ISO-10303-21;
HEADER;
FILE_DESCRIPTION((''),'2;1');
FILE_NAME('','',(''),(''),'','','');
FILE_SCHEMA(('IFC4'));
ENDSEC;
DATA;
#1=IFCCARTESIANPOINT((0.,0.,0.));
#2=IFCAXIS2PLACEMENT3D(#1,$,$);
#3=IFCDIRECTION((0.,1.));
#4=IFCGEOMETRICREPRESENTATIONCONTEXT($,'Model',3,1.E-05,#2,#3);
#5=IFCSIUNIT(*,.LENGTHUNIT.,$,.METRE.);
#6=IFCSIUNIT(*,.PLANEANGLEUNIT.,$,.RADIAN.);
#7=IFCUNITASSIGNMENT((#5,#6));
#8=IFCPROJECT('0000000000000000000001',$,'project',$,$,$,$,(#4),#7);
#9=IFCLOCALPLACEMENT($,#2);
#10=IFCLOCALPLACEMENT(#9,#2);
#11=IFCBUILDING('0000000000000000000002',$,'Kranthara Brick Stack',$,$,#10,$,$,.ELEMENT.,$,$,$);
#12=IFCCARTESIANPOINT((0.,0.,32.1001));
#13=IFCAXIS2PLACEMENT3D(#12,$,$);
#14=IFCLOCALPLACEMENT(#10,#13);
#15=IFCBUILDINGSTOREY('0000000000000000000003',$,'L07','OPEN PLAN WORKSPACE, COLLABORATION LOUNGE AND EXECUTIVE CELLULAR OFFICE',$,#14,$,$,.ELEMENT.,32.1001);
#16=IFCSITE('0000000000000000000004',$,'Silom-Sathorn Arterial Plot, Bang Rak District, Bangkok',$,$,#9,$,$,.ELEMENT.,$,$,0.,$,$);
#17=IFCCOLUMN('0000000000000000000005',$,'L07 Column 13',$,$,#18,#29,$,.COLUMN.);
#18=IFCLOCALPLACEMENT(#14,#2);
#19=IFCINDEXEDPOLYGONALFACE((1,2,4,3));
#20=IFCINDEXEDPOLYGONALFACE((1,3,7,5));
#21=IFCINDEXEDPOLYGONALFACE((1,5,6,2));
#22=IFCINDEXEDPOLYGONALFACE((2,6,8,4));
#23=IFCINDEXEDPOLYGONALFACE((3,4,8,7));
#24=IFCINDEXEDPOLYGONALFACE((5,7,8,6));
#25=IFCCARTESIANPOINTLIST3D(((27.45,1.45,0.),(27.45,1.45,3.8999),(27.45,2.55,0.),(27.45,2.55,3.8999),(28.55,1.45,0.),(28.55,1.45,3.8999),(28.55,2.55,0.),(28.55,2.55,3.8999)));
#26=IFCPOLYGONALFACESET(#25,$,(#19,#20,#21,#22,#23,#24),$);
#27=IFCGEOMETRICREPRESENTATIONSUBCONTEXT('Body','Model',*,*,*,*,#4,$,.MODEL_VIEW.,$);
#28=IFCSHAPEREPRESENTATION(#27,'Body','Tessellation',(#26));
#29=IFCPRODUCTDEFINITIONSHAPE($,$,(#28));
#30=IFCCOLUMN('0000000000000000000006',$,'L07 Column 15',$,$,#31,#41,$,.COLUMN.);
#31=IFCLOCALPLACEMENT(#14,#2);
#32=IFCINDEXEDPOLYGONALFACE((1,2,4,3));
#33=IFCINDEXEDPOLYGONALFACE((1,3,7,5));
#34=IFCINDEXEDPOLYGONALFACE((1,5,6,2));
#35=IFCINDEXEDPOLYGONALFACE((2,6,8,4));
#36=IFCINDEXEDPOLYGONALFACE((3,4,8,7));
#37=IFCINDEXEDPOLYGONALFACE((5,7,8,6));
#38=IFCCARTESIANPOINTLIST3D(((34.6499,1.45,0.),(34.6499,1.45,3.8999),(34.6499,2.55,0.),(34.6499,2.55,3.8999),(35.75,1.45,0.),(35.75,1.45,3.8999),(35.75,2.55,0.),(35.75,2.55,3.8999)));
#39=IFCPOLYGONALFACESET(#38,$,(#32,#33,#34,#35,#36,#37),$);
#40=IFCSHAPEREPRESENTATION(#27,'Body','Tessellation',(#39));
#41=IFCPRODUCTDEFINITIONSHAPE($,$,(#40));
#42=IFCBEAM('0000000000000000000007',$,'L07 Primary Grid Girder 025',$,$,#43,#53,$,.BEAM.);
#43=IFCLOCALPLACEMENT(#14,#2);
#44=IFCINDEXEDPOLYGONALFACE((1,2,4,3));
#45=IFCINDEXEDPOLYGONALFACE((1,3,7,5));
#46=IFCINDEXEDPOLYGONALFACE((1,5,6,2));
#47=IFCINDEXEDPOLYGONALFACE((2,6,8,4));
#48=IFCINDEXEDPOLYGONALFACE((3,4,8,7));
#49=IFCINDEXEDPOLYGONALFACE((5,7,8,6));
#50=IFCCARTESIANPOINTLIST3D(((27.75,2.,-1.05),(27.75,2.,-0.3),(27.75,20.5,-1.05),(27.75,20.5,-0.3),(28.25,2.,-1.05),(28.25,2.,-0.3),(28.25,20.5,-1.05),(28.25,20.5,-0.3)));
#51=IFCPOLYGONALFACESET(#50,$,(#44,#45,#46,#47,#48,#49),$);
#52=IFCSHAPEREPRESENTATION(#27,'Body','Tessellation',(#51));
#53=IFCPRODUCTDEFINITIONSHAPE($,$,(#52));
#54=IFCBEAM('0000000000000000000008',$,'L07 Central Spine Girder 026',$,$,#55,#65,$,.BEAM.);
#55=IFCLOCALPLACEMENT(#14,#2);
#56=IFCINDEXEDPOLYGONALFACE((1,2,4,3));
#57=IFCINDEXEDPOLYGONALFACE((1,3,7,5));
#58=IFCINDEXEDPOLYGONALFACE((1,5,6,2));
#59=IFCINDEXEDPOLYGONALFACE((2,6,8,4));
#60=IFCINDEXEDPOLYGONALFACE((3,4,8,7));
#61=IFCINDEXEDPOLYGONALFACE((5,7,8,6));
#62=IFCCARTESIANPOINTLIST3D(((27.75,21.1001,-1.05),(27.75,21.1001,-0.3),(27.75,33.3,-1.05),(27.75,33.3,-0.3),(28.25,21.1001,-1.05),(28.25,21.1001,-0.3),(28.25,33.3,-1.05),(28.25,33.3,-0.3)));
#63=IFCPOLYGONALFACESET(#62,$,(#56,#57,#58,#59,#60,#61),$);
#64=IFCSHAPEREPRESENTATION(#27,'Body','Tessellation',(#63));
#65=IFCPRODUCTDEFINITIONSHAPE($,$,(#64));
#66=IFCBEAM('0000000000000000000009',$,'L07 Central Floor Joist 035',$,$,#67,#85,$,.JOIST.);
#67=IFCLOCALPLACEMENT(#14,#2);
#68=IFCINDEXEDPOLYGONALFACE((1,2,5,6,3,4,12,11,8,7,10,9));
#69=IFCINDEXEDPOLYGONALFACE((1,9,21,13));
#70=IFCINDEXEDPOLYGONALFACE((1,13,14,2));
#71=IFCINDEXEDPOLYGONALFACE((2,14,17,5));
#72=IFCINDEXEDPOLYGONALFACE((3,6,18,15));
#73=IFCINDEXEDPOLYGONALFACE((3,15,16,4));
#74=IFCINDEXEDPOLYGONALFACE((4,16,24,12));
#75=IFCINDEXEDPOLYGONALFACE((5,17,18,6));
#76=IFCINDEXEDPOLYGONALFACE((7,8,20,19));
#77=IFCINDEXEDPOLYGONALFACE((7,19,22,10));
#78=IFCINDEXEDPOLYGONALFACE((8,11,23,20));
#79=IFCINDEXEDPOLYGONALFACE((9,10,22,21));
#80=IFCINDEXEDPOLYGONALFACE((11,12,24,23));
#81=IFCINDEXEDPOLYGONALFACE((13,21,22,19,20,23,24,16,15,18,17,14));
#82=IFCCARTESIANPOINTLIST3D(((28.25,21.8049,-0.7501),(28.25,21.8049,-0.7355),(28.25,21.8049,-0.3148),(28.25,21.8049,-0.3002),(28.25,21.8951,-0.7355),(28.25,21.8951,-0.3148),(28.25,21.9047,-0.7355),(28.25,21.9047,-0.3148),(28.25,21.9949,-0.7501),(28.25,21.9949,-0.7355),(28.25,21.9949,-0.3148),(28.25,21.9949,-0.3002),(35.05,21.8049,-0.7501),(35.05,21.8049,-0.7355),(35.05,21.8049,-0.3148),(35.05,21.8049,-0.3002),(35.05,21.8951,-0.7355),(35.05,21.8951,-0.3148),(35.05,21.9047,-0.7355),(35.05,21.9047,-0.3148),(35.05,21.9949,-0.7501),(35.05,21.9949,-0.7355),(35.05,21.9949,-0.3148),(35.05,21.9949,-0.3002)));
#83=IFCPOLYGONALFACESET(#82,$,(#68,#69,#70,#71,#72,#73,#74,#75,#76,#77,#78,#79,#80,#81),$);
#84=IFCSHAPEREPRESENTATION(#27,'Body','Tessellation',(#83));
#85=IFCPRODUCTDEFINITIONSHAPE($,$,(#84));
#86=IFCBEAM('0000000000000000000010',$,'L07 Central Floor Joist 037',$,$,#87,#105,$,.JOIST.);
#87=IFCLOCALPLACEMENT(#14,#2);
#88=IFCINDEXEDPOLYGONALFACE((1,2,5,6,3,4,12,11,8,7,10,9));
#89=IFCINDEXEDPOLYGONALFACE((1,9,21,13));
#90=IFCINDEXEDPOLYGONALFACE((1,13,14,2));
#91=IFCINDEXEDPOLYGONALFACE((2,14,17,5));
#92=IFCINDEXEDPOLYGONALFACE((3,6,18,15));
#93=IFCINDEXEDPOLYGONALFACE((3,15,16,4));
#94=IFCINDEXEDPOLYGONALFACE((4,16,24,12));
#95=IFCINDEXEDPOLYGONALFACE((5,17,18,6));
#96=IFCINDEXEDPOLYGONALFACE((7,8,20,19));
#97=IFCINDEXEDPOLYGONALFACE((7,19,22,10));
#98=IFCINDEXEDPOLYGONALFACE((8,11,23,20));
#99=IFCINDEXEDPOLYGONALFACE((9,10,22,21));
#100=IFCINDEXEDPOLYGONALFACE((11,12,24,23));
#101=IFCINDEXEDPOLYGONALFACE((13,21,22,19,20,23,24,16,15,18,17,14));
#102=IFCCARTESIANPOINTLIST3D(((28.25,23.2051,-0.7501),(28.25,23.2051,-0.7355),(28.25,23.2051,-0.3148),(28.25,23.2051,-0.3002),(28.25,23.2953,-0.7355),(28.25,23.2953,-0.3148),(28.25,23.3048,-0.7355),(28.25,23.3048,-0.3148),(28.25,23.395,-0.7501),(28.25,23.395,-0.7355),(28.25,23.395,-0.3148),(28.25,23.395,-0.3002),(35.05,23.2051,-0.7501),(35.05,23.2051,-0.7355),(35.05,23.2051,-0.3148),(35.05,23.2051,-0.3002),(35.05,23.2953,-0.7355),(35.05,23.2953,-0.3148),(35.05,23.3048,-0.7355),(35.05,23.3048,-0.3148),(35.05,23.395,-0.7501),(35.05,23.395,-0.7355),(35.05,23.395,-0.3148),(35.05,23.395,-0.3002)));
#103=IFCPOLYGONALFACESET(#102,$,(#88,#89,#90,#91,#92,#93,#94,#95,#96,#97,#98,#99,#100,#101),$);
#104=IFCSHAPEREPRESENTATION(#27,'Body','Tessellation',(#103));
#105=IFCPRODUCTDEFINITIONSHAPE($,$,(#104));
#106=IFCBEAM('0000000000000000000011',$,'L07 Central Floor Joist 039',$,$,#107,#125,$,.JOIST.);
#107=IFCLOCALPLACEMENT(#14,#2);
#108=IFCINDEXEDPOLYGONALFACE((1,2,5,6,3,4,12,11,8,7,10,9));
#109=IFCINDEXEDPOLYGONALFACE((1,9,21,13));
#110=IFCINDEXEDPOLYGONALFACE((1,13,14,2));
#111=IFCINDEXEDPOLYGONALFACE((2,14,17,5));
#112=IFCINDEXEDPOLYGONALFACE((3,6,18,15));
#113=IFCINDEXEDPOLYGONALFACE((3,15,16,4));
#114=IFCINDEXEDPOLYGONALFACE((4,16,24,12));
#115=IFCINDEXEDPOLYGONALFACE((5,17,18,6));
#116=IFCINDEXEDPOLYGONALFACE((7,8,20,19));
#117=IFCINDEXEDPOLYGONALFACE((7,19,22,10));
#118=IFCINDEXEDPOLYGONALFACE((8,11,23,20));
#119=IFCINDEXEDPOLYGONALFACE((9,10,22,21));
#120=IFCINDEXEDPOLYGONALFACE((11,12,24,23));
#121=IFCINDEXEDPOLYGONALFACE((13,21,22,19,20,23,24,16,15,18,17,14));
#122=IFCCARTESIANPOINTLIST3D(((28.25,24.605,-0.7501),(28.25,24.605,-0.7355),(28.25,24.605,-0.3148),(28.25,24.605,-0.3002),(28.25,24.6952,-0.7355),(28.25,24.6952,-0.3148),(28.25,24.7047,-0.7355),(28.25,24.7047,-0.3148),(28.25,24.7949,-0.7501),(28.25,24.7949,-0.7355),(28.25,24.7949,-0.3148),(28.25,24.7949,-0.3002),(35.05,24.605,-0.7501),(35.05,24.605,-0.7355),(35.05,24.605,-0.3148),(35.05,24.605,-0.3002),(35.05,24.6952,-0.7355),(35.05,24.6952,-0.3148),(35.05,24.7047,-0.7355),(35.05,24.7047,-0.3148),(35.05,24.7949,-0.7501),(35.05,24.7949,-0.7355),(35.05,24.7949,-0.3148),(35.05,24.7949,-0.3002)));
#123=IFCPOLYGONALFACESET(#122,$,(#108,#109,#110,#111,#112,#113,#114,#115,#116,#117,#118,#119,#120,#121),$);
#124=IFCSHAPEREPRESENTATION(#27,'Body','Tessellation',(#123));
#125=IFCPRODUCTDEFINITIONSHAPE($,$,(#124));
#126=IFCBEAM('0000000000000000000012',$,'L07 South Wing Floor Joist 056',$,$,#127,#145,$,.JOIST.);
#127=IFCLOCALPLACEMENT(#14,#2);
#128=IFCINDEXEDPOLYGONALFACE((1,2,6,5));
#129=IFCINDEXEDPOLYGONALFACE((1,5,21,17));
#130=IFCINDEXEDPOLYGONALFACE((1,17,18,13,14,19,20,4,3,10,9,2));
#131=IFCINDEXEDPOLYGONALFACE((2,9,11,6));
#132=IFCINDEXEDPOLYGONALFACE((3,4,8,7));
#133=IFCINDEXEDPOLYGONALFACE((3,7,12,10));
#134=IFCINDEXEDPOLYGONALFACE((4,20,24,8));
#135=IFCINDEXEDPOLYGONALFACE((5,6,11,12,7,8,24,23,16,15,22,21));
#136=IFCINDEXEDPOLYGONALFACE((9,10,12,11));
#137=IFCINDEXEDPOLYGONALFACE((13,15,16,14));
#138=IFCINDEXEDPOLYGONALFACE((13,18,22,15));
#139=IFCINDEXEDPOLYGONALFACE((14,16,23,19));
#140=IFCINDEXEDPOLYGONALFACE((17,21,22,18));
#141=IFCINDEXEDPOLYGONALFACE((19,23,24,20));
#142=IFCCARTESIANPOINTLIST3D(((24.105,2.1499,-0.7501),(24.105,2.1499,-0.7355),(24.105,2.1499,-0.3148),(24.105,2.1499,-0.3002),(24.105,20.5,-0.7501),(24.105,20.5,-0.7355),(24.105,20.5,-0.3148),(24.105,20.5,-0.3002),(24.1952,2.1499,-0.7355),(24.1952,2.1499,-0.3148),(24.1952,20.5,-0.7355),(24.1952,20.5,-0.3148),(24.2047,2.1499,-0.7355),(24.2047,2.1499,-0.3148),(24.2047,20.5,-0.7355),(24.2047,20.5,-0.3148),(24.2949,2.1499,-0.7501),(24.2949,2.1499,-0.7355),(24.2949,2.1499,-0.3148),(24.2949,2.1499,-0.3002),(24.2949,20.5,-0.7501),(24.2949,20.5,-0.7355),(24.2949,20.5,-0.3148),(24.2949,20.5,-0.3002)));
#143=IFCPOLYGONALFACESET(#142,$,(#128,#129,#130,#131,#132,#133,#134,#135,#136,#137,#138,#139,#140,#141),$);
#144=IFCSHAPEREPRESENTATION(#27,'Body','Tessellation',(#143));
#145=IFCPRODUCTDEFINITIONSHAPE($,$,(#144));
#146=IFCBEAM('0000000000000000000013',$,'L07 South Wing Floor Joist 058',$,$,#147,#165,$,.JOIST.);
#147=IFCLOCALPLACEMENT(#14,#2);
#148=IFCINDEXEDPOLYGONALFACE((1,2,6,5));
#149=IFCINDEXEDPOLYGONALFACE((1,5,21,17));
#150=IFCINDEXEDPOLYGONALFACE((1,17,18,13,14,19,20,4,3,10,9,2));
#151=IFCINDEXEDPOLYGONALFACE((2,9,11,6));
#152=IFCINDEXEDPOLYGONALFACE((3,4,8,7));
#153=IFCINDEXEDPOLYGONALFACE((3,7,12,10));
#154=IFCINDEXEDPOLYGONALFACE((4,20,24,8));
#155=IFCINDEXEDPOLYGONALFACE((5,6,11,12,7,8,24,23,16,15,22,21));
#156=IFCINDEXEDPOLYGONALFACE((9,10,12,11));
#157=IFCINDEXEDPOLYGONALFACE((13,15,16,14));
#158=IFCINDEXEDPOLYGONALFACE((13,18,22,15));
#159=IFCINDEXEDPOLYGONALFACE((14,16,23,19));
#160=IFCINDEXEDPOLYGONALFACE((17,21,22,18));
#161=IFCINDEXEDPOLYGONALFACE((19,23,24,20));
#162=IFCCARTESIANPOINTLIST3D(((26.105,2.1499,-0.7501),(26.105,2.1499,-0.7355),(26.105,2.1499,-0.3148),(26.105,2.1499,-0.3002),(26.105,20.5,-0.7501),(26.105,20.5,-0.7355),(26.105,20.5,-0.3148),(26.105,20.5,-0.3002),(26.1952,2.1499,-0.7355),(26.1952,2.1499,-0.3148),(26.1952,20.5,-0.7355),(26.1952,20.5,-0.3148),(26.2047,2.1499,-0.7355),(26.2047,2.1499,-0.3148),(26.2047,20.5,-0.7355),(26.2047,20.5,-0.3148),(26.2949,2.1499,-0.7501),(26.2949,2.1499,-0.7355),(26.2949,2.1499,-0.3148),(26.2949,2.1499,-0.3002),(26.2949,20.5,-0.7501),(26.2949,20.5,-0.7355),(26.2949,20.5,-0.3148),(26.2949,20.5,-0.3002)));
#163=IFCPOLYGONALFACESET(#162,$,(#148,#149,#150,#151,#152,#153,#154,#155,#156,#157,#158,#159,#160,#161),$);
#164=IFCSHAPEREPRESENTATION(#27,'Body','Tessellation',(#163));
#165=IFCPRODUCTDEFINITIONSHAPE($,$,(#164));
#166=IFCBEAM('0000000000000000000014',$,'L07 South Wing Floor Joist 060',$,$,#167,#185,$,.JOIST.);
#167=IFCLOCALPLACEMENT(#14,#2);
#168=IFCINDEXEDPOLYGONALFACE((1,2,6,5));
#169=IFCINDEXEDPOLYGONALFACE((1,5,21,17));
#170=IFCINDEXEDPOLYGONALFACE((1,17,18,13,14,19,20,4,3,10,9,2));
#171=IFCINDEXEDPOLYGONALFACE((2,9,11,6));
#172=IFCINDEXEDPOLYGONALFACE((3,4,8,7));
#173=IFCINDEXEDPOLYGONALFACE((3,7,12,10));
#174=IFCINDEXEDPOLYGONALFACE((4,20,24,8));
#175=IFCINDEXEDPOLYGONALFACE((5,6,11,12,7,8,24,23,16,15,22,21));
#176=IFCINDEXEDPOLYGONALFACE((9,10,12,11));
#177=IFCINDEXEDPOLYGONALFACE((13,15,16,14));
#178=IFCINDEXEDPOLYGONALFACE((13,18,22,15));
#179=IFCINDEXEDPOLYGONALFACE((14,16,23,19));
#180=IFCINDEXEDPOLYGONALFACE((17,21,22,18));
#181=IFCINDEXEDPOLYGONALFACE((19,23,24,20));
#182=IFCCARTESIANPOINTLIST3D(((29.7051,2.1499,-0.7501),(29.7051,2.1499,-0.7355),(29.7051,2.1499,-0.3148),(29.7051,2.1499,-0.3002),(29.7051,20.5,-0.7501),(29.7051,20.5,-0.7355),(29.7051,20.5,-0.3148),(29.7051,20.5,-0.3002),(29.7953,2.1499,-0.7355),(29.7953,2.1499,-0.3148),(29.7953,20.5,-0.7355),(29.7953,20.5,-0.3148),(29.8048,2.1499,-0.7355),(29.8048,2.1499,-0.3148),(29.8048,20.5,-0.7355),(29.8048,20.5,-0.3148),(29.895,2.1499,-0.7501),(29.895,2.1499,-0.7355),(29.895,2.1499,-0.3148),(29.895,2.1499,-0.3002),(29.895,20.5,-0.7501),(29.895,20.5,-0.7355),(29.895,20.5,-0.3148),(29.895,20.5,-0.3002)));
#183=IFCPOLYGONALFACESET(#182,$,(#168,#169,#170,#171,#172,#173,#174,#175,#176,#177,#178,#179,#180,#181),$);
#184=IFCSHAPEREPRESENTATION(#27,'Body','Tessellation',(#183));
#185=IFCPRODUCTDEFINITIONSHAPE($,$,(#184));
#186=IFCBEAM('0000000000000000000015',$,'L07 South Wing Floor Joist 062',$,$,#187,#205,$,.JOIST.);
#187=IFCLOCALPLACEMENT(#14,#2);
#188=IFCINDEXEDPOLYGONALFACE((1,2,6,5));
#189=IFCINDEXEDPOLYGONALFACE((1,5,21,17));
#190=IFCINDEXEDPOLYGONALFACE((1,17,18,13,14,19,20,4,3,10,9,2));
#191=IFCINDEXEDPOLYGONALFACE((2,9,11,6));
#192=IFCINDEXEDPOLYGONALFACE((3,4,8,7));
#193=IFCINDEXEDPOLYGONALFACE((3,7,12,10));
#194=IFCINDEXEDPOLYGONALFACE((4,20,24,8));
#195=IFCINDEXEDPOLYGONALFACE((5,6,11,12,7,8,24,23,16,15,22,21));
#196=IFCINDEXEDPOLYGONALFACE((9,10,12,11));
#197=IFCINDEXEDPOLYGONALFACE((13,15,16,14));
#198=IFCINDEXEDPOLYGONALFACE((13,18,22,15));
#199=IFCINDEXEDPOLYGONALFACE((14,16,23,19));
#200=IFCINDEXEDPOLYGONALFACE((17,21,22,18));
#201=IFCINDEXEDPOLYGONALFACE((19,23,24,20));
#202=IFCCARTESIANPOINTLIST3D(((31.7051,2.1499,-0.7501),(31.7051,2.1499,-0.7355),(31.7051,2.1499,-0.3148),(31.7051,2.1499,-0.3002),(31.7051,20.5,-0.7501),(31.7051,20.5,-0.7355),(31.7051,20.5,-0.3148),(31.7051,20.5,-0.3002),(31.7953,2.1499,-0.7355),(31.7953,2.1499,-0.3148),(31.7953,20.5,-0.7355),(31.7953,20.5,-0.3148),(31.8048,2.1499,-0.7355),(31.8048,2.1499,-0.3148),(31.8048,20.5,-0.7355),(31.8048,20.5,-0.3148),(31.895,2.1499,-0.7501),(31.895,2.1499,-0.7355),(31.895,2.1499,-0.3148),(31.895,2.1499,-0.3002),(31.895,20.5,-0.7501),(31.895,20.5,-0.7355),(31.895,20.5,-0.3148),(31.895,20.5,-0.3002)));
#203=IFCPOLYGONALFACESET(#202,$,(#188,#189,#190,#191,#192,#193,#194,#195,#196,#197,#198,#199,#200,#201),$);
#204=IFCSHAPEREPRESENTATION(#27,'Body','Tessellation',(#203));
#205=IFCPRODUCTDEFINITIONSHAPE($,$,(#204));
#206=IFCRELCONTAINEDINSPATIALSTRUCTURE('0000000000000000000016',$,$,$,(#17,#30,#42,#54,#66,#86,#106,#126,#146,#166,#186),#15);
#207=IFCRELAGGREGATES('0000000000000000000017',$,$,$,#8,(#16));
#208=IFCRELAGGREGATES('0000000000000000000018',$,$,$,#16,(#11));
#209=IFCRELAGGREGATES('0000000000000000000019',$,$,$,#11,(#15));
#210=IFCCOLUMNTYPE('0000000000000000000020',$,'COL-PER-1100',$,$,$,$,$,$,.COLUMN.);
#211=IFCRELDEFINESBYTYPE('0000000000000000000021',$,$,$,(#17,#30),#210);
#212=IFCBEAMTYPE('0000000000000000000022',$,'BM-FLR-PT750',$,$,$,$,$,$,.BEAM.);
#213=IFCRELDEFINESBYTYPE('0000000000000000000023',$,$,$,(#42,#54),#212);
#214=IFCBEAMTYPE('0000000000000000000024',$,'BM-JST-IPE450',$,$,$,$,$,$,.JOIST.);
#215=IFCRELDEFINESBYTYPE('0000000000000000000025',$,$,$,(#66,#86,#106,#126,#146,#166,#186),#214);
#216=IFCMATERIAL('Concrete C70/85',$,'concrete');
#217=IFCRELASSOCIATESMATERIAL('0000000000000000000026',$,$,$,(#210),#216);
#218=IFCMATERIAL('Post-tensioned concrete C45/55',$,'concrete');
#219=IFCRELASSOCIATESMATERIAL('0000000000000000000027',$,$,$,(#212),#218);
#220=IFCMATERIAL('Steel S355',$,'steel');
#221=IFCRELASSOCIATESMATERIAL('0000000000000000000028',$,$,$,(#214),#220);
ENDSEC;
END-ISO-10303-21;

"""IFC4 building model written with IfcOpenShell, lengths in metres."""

from ifc_helpers import new_model, si_unit, direction, frame, origin, origin_2d, place, context, subcontext, project, spatial, rectangle, i_section, extrude, material, material_profile, profile_set, type_object, element, save


model = new_model("IFC4")

# Units and contexts
model_context = context("Model", 3, precision=1e-05, world=origin(), true_north=direction((0.0, 1.0)))
body_context = subcontext(model_context, "Body", "Model", "MODEL_VIEW")
ifc_project = project(units=[si_unit("LENGTHUNIT", "METRE"), si_unit("PLANEANGLEUNIT", "RADIAN")], contexts=[model_context])

# Site, building, storey
site_placement = place(None, origin())
site = spatial("IfcSite", under=ifc_project, at=site_placement, Name="Silom-Sathorn Arterial Plot, Bang Rak District, Bangkok", CompositionType="ELEMENT", RefElevation=0.0)
building_placement = place(site_placement, origin())
building = spatial("IfcBuilding", under=site, at=building_placement, Name="Kranthara Brick Stack", CompositionType="ELEMENT")
storey_placement = place(building_placement, frame((0.0, 0.0, 32.1001)))
storey = spatial("IfcBuildingStorey", under=building, at=storey_placement, Name="L07", Description="OPEN PLAN WORKSPACE, COLLABORATION LOUNGE AND EXECUTIVE CELLULAR OFFICE", CompositionType="ELEMENT", Elevation=32.1001)

# Columns
ifc_material_1 = material(Name="Concrete C70/85", Category="concrete")
ifc_material_profile_1 = material_profile(ifc_material_1, rectangle(XDim=1.1001, YDim=1.1001, at=origin_2d()), Name="RC 1100x1100")
ifc_profile_set_1 = profile_set([ifc_material_profile_1], Name="Concrete C70/85")
column_type = type_object("IfcColumnType", Name="COL-PER-1100", PredefinedType="COLUMN", material=ifc_profile_set_1)
for number, where, z_axis, x_axis, name in (
    (1, (28.0, 2.0, 0.0), (0.0, 0.0, 1.0), (1.0, 0.0, 0.0), "L07 Column 13"),
    (2, (35.2, 2.0, 0.0), (0.0, 0.0, 1.0), (1.0, 0.0, 0.0), "L07 Column 15"),
):
    element("IfcColumn", number, at=place(storey_placement, frame(where, z_axis=z_axis, x_axis=x_axis)), inside=storey, type_object=column_type, Name=name, PredefinedType="COLUMN", context=body_context, shape_type="SweptSolid", body=[
        extrude(rectangle(XDim=1.1001, YDim=1.1001, at=origin_2d()), origin(), (0.0, 0.0, 1.0), 3.8999),
    ])

# Beams
ifc_material_2 = material(Name="Post-tensioned concrete C45/55", Category="concrete")
ifc_material_profile_2 = material_profile(ifc_material_2, rectangle(XDim=0.5, YDim=0.75, at=origin_2d()), Name="PT 500x750")
ifc_profile_set_2 = profile_set([ifc_material_profile_2], Name="Post-tensioned concrete C45/55")
beam_type_1 = type_object("IfcBeamType", Name="BM-FLR-PT750", PredefinedType="BEAM", material=ifc_profile_set_2)
beam_1_placement = place(storey_placement, frame((28.0, 2.0, -0.675), z_axis=(0.0, 1.0, 0.0), x_axis=(-1.0, 0.0, 0.0)))
element("IfcBeam", 3, at=beam_1_placement, inside=storey, type_object=beam_type_1, Name="L07 Primary Grid Girder 025", PredefinedType="BEAM", context=body_context, shape_type="SweptSolid", body=[
    extrude(rectangle(XDim=0.5, YDim=0.75, at=origin_2d()), origin(), (0.0, 0.0, 1.0), 18.5),
])
beam_2_placement = place(storey_placement, frame((28.0, 21.1001, -0.675), z_axis=(0.0, 1.0, 0.0), x_axis=(-1.0, 0.0, 0.0)))
element("IfcBeam", 4, at=beam_2_placement, inside=storey, type_object=beam_type_1, Name="L07 Central Spine Girder 026", PredefinedType="BEAM", context=body_context, shape_type="SweptSolid", body=[
    extrude(rectangle(XDim=0.5, YDim=0.75, at=origin_2d()), origin(), (0.0, 0.0, 1.0), 12.2),
])
ifc_material_3 = material(Name="Steel S355", Category="steel")
ifc_material_profile_3 = material_profile(ifc_material_3, i_section(OverallWidth=0.1899, OverallDepth=0.45, WebThickness=0.0095, FlangeThickness=0.0146, at=origin_2d()), Name="IPE 450")
ifc_profile_set_3 = profile_set([ifc_material_profile_3], Name="Steel S355")
beam_type_2 = type_object("IfcBeamType", Name="BM-JST-IPE450", PredefinedType="JOIST", material=ifc_profile_set_3)
for number, where, z_axis, x_axis, name in (
    (5, (28.25, 21.8999, -0.5251), (1.0, 0.0, 0.0), (0.0, 1.0, 0.0), "L07 Central Floor Joist 035"),
    (6, (28.25, 23.3, -0.5251), (1.0, 0.0, 0.0), (0.0, 1.0, 0.0), "L07 Central Floor Joist 037"),
    (7, (28.25, 24.7, -0.5251), (1.0, 0.0, 0.0), (0.0, 1.0, 0.0), "L07 Central Floor Joist 039"),
):
    element("IfcBeam", number, at=place(storey_placement, frame(where, z_axis=z_axis, x_axis=x_axis)), inside=storey, type_object=beam_type_2, Name=name, PredefinedType="JOIST", context=body_context, shape_type="SweptSolid", body=[
        extrude(i_section(OverallWidth=0.1899, OverallDepth=0.45, WebThickness=0.0095, FlangeThickness=0.0146, at=origin_2d()), origin(), (0.0, 0.0, 1.0), 6.8),
    ])
for number, where, z_axis, x_axis, name in (
    (8, (24.2, 2.1499, -0.5251), (0.0, 1.0, 0.0), (-1.0, 0.0, 0.0), "L07 South Wing Floor Joist 056"),
    (9, (26.2, 2.1499, -0.5251), (0.0, 1.0, 0.0), (-1.0, 0.0, 0.0), "L07 South Wing Floor Joist 058"),
    (10, (29.8, 2.1499, -0.5251), (0.0, 1.0, 0.0), (-1.0, 0.0, 0.0), "L07 South Wing Floor Joist 060"),
    (11, (31.8, 2.1499, -0.5251), (0.0, 1.0, 0.0), (-1.0, 0.0, 0.0), "L07 South Wing Floor Joist 062"),
):
    element("IfcBeam", number, at=place(storey_placement, frame(where, z_axis=z_axis, x_axis=x_axis)), inside=storey, type_object=beam_type_2, Name=name, PredefinedType="JOIST", context=body_context, shape_type="SweptSolid", body=[
        extrude(i_section(OverallWidth=0.1899, OverallDepth=0.45, WebThickness=0.0095, FlangeThickness=0.0146, at=origin_2d()), origin(), (0.0, 0.0, 1.0), 18.3501),
    ])

save(model, "model.ifc")
